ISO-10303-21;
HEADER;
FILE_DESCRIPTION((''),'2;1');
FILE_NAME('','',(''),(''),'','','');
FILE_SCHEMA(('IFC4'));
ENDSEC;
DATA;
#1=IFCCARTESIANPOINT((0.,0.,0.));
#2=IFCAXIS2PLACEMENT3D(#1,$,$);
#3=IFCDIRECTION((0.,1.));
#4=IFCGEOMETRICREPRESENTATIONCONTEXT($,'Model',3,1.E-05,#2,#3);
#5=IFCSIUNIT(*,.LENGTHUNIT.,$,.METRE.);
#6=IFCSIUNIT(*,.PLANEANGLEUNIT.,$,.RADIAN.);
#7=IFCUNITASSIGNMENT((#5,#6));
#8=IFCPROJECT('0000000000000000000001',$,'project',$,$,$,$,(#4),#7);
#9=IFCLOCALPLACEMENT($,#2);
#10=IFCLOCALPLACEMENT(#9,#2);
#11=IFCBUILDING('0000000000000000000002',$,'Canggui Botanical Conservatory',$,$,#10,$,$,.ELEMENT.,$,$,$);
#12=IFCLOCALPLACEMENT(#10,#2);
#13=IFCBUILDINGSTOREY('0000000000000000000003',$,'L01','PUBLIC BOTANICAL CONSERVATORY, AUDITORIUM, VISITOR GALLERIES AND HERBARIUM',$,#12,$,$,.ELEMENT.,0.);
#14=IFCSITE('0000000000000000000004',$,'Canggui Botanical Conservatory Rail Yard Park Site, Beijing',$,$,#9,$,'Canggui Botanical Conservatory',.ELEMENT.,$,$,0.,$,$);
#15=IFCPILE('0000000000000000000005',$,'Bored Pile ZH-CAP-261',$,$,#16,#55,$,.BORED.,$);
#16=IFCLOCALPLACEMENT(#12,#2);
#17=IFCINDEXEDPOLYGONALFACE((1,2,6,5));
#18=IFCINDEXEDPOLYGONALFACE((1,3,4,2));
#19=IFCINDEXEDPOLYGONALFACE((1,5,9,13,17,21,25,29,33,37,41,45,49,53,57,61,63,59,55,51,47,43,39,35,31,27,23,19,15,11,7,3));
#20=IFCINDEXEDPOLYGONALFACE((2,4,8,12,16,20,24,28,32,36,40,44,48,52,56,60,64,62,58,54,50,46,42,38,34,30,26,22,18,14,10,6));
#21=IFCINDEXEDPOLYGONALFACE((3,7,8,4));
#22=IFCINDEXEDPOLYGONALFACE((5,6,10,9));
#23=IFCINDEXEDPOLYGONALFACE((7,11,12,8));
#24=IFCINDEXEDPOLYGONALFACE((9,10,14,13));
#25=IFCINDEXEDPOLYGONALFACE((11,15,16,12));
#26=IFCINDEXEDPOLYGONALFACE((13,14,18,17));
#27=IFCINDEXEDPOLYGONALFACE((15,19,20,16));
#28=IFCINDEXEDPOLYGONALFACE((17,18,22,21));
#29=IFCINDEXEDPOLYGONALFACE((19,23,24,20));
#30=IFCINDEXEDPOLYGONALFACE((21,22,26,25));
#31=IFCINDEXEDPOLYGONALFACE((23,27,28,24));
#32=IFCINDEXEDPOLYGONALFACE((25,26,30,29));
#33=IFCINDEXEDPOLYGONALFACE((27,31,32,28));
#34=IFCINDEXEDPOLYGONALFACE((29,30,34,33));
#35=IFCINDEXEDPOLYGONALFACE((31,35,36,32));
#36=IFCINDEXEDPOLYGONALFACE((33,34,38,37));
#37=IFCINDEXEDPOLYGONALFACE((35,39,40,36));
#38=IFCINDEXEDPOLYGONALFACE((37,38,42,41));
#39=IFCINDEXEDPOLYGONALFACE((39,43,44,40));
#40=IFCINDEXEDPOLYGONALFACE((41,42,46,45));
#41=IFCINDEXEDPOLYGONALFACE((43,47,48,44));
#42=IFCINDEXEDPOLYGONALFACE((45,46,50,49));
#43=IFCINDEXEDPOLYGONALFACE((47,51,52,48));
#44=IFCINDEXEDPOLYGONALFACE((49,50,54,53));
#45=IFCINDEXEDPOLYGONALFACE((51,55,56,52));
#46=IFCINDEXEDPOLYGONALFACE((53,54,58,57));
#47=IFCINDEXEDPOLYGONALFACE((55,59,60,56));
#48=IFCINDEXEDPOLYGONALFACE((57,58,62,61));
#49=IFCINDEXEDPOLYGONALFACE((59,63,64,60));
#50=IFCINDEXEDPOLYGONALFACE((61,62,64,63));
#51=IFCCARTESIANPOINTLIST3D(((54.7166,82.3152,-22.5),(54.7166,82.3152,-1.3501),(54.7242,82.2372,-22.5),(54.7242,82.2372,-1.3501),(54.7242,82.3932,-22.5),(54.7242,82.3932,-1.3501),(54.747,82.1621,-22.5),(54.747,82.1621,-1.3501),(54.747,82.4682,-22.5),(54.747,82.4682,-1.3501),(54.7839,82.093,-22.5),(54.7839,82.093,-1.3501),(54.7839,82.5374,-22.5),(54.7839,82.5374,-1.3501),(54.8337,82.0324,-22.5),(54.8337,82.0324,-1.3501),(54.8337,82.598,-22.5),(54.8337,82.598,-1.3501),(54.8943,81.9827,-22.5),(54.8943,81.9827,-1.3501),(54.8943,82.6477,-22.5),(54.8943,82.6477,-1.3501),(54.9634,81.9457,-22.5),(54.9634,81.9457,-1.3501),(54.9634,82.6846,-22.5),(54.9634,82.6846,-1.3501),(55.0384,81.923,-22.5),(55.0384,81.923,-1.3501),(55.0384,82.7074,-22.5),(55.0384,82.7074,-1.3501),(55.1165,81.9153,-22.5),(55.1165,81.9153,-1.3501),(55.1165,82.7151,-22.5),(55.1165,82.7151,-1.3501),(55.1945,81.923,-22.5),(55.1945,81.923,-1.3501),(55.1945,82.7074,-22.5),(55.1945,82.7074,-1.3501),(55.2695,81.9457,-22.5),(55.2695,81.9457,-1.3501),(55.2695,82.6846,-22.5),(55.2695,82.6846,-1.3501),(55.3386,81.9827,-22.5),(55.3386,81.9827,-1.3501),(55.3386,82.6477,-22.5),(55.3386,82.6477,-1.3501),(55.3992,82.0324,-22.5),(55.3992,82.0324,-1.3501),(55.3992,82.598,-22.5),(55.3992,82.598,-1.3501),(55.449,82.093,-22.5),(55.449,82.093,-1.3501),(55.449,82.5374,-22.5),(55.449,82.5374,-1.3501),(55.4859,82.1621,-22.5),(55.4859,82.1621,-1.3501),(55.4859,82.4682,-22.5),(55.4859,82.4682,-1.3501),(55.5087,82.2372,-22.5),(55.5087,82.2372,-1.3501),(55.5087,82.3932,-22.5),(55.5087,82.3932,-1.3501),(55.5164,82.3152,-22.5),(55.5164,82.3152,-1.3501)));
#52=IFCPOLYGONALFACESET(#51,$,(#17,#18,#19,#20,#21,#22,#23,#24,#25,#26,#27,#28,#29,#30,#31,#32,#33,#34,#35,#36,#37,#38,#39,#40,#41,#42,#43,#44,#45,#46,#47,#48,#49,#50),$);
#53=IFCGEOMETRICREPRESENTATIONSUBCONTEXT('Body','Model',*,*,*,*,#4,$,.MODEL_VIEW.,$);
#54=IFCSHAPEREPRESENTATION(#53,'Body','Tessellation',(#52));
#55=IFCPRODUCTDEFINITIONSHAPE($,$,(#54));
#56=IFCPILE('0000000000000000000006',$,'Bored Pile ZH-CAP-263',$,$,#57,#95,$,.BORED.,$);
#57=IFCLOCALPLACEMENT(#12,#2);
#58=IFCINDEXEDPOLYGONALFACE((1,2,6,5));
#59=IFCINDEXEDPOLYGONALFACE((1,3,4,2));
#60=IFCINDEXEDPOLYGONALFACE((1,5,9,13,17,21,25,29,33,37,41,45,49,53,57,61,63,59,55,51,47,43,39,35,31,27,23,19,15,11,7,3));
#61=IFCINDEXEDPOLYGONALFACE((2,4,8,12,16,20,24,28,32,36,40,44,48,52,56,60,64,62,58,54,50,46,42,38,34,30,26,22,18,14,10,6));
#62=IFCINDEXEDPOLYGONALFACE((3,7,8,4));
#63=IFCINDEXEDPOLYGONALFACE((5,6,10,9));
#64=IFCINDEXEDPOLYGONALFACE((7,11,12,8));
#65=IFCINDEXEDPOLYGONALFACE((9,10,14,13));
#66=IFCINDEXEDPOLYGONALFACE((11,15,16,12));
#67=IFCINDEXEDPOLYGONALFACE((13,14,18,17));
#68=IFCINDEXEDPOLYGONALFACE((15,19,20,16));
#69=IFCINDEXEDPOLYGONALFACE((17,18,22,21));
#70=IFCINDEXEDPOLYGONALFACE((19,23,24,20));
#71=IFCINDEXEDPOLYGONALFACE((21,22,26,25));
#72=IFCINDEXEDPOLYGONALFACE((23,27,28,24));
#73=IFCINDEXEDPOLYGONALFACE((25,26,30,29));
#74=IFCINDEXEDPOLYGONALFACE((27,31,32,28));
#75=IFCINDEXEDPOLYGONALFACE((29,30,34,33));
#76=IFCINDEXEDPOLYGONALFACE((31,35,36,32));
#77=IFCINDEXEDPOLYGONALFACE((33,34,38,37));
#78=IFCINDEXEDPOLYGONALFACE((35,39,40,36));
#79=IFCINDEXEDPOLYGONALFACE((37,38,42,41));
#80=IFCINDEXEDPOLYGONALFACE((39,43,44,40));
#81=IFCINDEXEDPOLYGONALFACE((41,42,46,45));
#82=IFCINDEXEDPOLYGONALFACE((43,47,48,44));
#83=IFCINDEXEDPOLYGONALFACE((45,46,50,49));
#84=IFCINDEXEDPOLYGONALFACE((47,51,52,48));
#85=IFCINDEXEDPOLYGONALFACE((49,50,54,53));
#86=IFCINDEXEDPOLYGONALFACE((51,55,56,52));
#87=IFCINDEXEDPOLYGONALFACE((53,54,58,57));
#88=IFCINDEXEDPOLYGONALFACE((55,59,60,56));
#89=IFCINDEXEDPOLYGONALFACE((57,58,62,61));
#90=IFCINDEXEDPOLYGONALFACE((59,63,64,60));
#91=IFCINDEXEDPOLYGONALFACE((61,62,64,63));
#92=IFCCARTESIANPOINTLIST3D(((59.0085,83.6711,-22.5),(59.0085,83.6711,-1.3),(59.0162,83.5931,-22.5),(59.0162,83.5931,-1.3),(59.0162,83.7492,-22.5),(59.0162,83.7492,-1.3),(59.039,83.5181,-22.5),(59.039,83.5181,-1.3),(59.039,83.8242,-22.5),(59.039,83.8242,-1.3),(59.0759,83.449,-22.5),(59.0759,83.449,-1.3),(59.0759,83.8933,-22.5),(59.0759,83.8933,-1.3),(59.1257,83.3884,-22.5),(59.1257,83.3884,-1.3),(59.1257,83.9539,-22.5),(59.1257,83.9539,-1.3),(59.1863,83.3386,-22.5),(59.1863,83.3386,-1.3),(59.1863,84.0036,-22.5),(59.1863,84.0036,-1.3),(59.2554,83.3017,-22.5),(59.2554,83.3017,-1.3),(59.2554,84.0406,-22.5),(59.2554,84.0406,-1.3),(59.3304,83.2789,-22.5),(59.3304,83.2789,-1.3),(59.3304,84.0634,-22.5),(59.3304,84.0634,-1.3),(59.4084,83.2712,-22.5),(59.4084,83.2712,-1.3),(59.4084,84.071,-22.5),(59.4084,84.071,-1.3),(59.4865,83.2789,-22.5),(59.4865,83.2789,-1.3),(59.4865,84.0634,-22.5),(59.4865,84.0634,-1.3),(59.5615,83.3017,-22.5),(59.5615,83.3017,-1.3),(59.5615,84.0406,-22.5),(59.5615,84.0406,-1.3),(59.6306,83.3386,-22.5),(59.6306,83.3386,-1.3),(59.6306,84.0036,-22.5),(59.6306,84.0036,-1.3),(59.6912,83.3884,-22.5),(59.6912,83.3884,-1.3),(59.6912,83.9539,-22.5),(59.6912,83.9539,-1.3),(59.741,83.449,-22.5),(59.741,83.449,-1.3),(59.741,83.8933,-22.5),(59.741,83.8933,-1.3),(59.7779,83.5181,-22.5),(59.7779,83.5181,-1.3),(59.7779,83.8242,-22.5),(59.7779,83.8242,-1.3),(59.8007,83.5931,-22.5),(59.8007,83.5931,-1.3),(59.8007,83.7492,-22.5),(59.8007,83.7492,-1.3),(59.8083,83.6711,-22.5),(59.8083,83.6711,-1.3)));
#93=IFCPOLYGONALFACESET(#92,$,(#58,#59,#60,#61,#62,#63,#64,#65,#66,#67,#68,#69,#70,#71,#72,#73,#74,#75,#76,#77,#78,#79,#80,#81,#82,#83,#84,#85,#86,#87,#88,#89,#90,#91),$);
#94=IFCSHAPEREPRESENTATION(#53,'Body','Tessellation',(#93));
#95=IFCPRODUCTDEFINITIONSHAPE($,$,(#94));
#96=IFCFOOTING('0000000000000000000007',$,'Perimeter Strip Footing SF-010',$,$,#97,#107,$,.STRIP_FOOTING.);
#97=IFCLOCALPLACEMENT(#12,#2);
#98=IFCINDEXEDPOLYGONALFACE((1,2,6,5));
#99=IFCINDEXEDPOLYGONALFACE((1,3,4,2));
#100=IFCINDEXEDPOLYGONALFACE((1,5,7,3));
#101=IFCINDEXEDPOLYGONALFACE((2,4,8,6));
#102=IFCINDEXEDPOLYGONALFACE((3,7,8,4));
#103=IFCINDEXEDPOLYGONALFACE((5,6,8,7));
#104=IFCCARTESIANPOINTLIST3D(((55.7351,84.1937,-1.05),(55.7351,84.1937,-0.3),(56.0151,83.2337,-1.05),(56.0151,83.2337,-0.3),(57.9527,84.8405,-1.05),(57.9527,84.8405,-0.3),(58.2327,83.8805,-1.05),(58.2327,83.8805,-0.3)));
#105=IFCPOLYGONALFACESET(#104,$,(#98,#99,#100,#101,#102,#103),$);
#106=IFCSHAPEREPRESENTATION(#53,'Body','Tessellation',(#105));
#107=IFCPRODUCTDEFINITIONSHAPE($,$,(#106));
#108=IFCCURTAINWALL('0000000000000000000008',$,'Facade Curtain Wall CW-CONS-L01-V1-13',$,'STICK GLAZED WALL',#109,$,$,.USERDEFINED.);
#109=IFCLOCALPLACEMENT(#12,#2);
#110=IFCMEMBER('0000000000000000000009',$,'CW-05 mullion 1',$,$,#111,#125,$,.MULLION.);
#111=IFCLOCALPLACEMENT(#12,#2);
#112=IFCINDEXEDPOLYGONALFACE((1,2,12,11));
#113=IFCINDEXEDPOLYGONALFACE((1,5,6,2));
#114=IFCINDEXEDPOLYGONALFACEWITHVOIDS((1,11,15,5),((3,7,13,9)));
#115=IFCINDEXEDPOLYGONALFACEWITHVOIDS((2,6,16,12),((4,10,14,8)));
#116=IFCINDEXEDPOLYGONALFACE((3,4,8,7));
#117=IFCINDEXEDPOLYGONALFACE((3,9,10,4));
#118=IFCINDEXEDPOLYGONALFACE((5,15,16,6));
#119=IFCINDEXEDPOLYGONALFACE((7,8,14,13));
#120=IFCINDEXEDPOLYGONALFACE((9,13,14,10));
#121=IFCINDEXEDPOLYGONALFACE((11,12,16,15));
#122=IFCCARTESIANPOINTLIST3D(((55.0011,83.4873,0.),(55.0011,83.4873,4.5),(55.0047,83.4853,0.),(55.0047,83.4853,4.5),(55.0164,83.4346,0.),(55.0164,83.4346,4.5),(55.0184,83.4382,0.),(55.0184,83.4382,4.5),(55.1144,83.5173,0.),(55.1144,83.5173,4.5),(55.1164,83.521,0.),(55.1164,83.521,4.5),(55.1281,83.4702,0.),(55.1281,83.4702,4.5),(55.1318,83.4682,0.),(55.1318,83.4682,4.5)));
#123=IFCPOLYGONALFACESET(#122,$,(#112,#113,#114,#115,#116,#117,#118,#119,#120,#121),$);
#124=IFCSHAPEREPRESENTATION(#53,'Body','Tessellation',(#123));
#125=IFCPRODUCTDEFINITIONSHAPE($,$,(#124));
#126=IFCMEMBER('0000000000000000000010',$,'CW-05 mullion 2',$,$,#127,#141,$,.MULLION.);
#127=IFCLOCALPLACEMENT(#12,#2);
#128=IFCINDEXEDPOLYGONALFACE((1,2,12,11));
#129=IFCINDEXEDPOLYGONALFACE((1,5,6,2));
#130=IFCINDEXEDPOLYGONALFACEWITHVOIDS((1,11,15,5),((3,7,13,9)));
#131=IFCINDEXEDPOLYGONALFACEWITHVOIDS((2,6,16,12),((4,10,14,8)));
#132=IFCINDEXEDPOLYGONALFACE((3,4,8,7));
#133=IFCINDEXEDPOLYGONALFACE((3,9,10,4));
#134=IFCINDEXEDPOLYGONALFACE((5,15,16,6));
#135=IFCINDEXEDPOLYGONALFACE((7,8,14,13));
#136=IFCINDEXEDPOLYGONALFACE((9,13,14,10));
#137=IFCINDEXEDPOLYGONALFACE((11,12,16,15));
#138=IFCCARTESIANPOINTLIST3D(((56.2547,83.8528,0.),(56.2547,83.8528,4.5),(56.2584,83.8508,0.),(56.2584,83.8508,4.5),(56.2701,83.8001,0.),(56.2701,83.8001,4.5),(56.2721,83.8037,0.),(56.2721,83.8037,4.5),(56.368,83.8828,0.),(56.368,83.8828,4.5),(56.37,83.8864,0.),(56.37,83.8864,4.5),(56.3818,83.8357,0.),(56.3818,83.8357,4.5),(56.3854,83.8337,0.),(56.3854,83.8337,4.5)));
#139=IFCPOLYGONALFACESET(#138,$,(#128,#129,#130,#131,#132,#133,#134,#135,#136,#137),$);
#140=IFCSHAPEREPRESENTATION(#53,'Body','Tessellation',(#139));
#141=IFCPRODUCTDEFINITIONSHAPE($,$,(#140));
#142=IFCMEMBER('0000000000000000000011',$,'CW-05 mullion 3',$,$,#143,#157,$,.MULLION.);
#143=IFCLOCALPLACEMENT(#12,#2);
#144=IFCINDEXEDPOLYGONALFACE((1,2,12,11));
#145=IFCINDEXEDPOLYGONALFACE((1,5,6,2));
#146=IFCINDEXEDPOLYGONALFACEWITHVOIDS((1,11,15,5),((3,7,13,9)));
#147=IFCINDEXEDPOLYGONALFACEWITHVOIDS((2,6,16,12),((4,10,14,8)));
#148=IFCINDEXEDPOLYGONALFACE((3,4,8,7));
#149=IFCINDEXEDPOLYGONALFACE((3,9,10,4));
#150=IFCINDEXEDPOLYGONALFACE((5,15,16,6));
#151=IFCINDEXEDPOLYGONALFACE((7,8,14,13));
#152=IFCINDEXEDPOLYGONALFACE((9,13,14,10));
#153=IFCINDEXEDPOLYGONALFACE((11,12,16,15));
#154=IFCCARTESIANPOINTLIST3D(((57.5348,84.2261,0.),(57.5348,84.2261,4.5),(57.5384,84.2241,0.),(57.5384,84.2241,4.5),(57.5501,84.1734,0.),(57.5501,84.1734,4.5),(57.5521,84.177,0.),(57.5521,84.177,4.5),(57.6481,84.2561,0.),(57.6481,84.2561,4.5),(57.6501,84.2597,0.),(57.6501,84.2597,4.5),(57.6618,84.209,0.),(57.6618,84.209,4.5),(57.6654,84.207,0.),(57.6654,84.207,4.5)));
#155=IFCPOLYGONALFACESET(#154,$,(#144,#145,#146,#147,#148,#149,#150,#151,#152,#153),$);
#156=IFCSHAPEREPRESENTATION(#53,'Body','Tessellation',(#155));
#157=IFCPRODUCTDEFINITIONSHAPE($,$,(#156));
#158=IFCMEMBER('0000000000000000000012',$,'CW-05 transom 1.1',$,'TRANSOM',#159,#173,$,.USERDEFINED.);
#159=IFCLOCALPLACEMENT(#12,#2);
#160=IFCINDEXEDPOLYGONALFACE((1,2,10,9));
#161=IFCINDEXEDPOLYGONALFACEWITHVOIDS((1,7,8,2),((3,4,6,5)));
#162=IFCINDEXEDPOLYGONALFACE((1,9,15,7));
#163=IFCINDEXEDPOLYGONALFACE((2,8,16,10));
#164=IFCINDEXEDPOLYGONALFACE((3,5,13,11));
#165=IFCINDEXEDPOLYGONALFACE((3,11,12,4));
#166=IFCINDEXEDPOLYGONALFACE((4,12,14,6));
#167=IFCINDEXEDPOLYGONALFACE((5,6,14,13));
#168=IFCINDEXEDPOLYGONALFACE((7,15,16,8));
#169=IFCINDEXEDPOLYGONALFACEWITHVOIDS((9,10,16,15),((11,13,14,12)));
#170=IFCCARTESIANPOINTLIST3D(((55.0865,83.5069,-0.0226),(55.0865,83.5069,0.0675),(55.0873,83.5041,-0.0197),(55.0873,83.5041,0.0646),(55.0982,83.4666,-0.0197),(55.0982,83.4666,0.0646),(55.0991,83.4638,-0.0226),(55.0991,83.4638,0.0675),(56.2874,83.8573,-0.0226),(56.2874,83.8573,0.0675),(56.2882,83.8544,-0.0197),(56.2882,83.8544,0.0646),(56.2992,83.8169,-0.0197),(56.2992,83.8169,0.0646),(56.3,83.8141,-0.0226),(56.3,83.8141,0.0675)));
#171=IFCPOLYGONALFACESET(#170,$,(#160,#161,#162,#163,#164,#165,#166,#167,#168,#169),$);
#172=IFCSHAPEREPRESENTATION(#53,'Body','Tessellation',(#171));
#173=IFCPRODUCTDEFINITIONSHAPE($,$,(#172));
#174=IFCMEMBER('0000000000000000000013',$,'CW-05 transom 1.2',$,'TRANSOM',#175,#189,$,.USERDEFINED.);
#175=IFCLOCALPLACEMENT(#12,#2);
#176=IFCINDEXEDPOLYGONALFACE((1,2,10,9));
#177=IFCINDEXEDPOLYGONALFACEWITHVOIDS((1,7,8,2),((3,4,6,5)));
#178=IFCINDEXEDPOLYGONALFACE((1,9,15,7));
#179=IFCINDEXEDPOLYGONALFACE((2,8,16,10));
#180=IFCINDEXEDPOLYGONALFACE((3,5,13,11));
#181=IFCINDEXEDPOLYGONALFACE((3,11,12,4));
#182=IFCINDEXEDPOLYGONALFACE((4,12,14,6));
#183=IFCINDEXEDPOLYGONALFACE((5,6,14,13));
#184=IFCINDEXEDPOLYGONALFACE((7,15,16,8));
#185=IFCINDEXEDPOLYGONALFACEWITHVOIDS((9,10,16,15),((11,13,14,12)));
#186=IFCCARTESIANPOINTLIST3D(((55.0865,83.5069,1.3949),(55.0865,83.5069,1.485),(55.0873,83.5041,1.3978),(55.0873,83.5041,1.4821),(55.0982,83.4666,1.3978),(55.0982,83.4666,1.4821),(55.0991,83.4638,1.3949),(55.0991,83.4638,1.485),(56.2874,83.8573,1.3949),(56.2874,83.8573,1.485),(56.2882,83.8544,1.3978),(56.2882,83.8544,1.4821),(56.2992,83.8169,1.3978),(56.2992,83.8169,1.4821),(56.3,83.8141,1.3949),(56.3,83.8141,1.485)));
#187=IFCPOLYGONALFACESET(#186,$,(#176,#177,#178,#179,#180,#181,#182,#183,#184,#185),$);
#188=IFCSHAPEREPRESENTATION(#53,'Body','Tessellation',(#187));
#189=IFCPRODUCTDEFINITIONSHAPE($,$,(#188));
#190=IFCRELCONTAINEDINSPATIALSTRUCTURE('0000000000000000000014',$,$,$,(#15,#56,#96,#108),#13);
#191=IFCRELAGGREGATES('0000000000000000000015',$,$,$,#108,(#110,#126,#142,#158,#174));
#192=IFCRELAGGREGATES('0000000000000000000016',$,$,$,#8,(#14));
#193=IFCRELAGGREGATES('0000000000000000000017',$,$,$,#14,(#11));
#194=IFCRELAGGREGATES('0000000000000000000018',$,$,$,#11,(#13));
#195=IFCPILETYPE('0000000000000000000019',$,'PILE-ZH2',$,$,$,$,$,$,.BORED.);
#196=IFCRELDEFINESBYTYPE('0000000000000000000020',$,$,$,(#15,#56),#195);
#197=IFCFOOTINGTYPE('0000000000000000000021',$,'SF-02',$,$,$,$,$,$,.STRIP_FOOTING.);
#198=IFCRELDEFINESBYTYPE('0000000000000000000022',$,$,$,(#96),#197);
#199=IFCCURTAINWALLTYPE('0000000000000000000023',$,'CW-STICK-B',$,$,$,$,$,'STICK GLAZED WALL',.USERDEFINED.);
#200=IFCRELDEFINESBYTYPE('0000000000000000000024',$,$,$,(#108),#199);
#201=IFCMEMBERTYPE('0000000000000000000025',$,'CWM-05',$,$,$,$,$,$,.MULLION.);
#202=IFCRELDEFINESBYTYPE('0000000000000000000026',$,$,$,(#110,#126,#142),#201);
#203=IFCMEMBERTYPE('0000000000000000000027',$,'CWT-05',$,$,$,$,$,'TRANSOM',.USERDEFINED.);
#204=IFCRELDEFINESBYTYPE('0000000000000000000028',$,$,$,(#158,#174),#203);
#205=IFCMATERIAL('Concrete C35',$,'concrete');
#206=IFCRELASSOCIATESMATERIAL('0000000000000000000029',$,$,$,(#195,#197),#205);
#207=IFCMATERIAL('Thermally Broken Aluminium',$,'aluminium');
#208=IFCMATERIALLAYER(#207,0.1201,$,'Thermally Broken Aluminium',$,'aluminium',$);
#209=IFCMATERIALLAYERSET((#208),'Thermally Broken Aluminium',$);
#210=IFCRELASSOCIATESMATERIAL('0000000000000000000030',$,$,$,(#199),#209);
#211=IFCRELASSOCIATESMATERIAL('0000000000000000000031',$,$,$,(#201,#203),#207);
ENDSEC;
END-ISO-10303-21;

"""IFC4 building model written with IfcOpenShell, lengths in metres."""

from ifc_helpers import new_model, si_unit, direction, frame, origin, origin_2d, place, context, subcontext, project, spatial, rectangle, hollow_rectangle, circle, extrude, material, layer, layer_set, material_profile, profile_set, type_object, element, aggregate, save


model = new_model("IFC4")

# Units and contexts
model_context = context("Model", 3, precision=1e-05, world=origin(), true_north=direction((0.0, 1.0)))
body_context = subcontext(model_context, "Body", "Model", "MODEL_VIEW")
ifc_project = project(units=[si_unit("LENGTHUNIT", "METRE"), si_unit("PLANEANGLEUNIT", "RADIAN")], contexts=[model_context])

# Site, building, storey
site_placement = place(None, origin())
site = spatial("IfcSite", under=ifc_project, at=site_placement, Name="Canggui Botanical Conservatory Rail Yard Park Site, Beijing", LongName="Canggui Botanical Conservatory", CompositionType="ELEMENT", RefElevation=0.0)
building_placement = place(site_placement, origin())
building = spatial("IfcBuilding", under=site, at=building_placement, Name="Canggui Botanical Conservatory", CompositionType="ELEMENT")
storey_placement = place(building_placement, origin())
storey = spatial("IfcBuildingStorey", under=building, at=storey_placement, Name="L01", Description="PUBLIC BOTANICAL CONSERVATORY, AUDITORIUM, VISITOR GALLERIES AND HERBARIUM", CompositionType="ELEMENT", Elevation=0.0)

# Piles
ifc_material_1 = material(Name="Concrete C35", Category="concrete")
ifc_material_profile_1 = material_profile(ifc_material_1, circle(Radius=0.3999, at=origin_2d()), Name="PILE D800")
ifc_profile_set_1 = profile_set([ifc_material_profile_1], Name="Concrete C35")
pile_type = type_object("IfcPileType", Name="PILE-ZH2", PredefinedType="BORED", material=ifc_profile_set_1)
pile_1_placement = place(storey_placement, frame((55.1165, 82.3152, -1.3501), z_axis=(0.0, 0.0, -1.0), x_axis=(1.0, 0.0, 0.0)))
element("IfcPile", 1, at=pile_1_placement, inside=storey, type_object=pile_type, Name="Bored Pile ZH-CAP-261", PredefinedType="BORED", context=body_context, shape_type="SweptSolid", body=[
    extrude(circle(Radius=0.3999, at=origin_2d()), origin(), (0.0, 0.0, 1.0), 21.1499),
])
pile_2_placement = place(storey_placement, frame((59.4084, 83.6711, -1.3), z_axis=(0.0, 0.0, -1.0), x_axis=(1.0, 0.0, 0.0)))
element("IfcPile", 2, at=pile_2_placement, inside=storey, type_object=pile_type, Name="Bored Pile ZH-CAP-263", PredefinedType="BORED", context=body_context, shape_type="SweptSolid", body=[
    extrude(circle(Radius=0.3999, at=origin_2d()), origin(), (0.0, 0.0, 1.0), 21.2),
])

# Footing
footing_type = type_object("IfcFootingType", Name="SF-02", PredefinedType="STRIP_FOOTING", material=ifc_material_1)
footing_placement = place(storey_placement, frame((56.9839, 84.0371, -1.05), z_axis=(0.0, 0.0, 1.0), x_axis=(0.96, 0.28, 0.0)))
element("IfcFooting", 3, at=footing_placement, inside=storey, type_object=footing_type, Name="Perimeter Strip Footing SF-010", PredefinedType="STRIP_FOOTING", context=body_context, shape_type="SweptSolid", body=[
    extrude(rectangle(XDim=2.3101, YDim=1.0, at=origin_2d()), origin(), (0.0, 0.0, 1.0), 0.75),
])

# Curtain wall, members
ifc_material_2 = material(Name="Thermally Broken Aluminium", Category="aluminium")
ifc_layer_1 = layer(ifc_material_2, 0.1201, Name="Thermally Broken Aluminium", Category="aluminium")
ifc_layer_set_1 = layer_set([ifc_layer_1], Name="Thermally Broken Aluminium")
curtain_wall_type = type_object("IfcCurtainWallType", Name="CW-STICK-B", ElementType="STICK GLAZED WALL", PredefinedType="USERDEFINED", material=ifc_layer_set_1)
curtain_wall_placement = place(storey_placement, origin())
curtain_wall = element("IfcCurtainWall", 4, at=curtain_wall_placement, inside=storey, type_object=curtain_wall_type, Name="Facade Curtain Wall CW-CONS-L01-V1-13", ObjectType="STICK GLAZED WALL", PredefinedType="USERDEFINED")
ifc_material_profile_2 = material_profile(ifc_material_2, hollow_rectangle(XDim=0.0549, YDim=0.1201, WallThickness=0.0029, at=origin_2d()), Name="CWM 55x120x3")
ifc_profile_set_2 = profile_set([ifc_material_profile_2], Name="Thermally Broken Aluminium")
member_type_1 = type_object("IfcMemberType", Name="CWM-05", PredefinedType="MULLION", material=ifc_profile_set_2)
member_1_placement = place(storey_placement, frame((55.0664, 83.4778, 0.0), z_axis=(0.0, 0.0, 1.0), x_axis=(-0.28, 0.96, 0.0)))
member_1 = element("IfcMember", 5, at=member_1_placement, type_object=member_type_1, Name="CW-05 mullion 1", PredefinedType="MULLION", context=body_context, shape_type="SweptSolid", body=[
    extrude(hollow_rectangle(XDim=0.0549, YDim=0.1201, WallThickness=0.0029, at=origin_2d()), origin(), (0.0, 0.0, 1.0), 4.5),
])
member_2_placement = place(storey_placement, frame((56.3201, 83.8433, 0.0), z_axis=(0.0, 0.0, 1.0), x_axis=(-0.28, 0.96, 0.0)))
member_2 = element("IfcMember", 6, at=member_2_placement, type_object=member_type_1, Name="CW-05 mullion 2", PredefinedType="MULLION", context=body_context, shape_type="SweptSolid", body=[
    extrude(hollow_rectangle(XDim=0.0549, YDim=0.1201, WallThickness=0.0029, at=origin_2d()), origin(), (0.0, 0.0, 1.0), 4.5),
])
member_3_placement = place(storey_placement, frame((57.6001, 84.2166, 0.0), z_axis=(0.0, 0.0, 1.0), x_axis=(-0.28, 0.96, 0.0)))
member_3 = element("IfcMember", 7, at=member_3_placement, type_object=member_type_1, Name="CW-05 mullion 3", PredefinedType="MULLION", context=body_context, shape_type="SweptSolid", body=[
    extrude(hollow_rectangle(XDim=0.0549, YDim=0.1201, WallThickness=0.0029, at=origin_2d()), origin(), (0.0, 0.0, 1.0), 4.5),
])
ifc_material_profile_3 = material_profile(ifc_material_2, hollow_rectangle(XDim=0.0449, YDim=0.0901, WallThickness=0.0029, at=origin_2d()), Name="CWT 45x90x3")
ifc_profile_set_3 = profile_set([ifc_material_profile_3], Name="Thermally Broken Aluminium")
member_type_2 = type_object("IfcMemberType", Name="CWT-05", ElementType="TRANSOM", PredefinedType="USERDEFINED", material=ifc_profile_set_3)
member_4_placement = place(storey_placement, frame((55.0928, 83.4854, 0.0225), z_axis=(0.959985, 0.280052, 0.0), x_axis=(-0.280052, 0.959985, 0.0)))
member_4 = element("IfcMember", 8, at=member_4_placement, type_object=member_type_2, Name="CW-05 transom 1.1", ObjectType="TRANSOM", PredefinedType="USERDEFINED", context=body_context, shape_type="SweptSolid", body=[
    extrude(hollow_rectangle(XDim=0.0449, YDim=0.0901, WallThickness=0.0029, at=origin_2d()), origin(), (0.0, 0.0, 1.0), 1.251),
])
member_5_placement = place(storey_placement, frame((55.0928, 83.4854, 1.4399), z_axis=(0.959985, 0.280052, 0.0), x_axis=(-0.280052, 0.959985, 0.0)))
member_5 = element("IfcMember", 9, at=member_5_placement, type_object=member_type_2, Name="CW-05 transom 1.2", ObjectType="TRANSOM", PredefinedType="USERDEFINED", context=body_context, shape_type="SweptSolid", body=[
    extrude(hollow_rectangle(XDim=0.0449, YDim=0.0901, WallThickness=0.0029, at=origin_2d()), origin(), (0.0, 0.0, 1.0), 1.251),
])
aggregate(curtain_wall, [member_1, member_2, member_3, member_4, member_5])

save(model, "model.ifc")
